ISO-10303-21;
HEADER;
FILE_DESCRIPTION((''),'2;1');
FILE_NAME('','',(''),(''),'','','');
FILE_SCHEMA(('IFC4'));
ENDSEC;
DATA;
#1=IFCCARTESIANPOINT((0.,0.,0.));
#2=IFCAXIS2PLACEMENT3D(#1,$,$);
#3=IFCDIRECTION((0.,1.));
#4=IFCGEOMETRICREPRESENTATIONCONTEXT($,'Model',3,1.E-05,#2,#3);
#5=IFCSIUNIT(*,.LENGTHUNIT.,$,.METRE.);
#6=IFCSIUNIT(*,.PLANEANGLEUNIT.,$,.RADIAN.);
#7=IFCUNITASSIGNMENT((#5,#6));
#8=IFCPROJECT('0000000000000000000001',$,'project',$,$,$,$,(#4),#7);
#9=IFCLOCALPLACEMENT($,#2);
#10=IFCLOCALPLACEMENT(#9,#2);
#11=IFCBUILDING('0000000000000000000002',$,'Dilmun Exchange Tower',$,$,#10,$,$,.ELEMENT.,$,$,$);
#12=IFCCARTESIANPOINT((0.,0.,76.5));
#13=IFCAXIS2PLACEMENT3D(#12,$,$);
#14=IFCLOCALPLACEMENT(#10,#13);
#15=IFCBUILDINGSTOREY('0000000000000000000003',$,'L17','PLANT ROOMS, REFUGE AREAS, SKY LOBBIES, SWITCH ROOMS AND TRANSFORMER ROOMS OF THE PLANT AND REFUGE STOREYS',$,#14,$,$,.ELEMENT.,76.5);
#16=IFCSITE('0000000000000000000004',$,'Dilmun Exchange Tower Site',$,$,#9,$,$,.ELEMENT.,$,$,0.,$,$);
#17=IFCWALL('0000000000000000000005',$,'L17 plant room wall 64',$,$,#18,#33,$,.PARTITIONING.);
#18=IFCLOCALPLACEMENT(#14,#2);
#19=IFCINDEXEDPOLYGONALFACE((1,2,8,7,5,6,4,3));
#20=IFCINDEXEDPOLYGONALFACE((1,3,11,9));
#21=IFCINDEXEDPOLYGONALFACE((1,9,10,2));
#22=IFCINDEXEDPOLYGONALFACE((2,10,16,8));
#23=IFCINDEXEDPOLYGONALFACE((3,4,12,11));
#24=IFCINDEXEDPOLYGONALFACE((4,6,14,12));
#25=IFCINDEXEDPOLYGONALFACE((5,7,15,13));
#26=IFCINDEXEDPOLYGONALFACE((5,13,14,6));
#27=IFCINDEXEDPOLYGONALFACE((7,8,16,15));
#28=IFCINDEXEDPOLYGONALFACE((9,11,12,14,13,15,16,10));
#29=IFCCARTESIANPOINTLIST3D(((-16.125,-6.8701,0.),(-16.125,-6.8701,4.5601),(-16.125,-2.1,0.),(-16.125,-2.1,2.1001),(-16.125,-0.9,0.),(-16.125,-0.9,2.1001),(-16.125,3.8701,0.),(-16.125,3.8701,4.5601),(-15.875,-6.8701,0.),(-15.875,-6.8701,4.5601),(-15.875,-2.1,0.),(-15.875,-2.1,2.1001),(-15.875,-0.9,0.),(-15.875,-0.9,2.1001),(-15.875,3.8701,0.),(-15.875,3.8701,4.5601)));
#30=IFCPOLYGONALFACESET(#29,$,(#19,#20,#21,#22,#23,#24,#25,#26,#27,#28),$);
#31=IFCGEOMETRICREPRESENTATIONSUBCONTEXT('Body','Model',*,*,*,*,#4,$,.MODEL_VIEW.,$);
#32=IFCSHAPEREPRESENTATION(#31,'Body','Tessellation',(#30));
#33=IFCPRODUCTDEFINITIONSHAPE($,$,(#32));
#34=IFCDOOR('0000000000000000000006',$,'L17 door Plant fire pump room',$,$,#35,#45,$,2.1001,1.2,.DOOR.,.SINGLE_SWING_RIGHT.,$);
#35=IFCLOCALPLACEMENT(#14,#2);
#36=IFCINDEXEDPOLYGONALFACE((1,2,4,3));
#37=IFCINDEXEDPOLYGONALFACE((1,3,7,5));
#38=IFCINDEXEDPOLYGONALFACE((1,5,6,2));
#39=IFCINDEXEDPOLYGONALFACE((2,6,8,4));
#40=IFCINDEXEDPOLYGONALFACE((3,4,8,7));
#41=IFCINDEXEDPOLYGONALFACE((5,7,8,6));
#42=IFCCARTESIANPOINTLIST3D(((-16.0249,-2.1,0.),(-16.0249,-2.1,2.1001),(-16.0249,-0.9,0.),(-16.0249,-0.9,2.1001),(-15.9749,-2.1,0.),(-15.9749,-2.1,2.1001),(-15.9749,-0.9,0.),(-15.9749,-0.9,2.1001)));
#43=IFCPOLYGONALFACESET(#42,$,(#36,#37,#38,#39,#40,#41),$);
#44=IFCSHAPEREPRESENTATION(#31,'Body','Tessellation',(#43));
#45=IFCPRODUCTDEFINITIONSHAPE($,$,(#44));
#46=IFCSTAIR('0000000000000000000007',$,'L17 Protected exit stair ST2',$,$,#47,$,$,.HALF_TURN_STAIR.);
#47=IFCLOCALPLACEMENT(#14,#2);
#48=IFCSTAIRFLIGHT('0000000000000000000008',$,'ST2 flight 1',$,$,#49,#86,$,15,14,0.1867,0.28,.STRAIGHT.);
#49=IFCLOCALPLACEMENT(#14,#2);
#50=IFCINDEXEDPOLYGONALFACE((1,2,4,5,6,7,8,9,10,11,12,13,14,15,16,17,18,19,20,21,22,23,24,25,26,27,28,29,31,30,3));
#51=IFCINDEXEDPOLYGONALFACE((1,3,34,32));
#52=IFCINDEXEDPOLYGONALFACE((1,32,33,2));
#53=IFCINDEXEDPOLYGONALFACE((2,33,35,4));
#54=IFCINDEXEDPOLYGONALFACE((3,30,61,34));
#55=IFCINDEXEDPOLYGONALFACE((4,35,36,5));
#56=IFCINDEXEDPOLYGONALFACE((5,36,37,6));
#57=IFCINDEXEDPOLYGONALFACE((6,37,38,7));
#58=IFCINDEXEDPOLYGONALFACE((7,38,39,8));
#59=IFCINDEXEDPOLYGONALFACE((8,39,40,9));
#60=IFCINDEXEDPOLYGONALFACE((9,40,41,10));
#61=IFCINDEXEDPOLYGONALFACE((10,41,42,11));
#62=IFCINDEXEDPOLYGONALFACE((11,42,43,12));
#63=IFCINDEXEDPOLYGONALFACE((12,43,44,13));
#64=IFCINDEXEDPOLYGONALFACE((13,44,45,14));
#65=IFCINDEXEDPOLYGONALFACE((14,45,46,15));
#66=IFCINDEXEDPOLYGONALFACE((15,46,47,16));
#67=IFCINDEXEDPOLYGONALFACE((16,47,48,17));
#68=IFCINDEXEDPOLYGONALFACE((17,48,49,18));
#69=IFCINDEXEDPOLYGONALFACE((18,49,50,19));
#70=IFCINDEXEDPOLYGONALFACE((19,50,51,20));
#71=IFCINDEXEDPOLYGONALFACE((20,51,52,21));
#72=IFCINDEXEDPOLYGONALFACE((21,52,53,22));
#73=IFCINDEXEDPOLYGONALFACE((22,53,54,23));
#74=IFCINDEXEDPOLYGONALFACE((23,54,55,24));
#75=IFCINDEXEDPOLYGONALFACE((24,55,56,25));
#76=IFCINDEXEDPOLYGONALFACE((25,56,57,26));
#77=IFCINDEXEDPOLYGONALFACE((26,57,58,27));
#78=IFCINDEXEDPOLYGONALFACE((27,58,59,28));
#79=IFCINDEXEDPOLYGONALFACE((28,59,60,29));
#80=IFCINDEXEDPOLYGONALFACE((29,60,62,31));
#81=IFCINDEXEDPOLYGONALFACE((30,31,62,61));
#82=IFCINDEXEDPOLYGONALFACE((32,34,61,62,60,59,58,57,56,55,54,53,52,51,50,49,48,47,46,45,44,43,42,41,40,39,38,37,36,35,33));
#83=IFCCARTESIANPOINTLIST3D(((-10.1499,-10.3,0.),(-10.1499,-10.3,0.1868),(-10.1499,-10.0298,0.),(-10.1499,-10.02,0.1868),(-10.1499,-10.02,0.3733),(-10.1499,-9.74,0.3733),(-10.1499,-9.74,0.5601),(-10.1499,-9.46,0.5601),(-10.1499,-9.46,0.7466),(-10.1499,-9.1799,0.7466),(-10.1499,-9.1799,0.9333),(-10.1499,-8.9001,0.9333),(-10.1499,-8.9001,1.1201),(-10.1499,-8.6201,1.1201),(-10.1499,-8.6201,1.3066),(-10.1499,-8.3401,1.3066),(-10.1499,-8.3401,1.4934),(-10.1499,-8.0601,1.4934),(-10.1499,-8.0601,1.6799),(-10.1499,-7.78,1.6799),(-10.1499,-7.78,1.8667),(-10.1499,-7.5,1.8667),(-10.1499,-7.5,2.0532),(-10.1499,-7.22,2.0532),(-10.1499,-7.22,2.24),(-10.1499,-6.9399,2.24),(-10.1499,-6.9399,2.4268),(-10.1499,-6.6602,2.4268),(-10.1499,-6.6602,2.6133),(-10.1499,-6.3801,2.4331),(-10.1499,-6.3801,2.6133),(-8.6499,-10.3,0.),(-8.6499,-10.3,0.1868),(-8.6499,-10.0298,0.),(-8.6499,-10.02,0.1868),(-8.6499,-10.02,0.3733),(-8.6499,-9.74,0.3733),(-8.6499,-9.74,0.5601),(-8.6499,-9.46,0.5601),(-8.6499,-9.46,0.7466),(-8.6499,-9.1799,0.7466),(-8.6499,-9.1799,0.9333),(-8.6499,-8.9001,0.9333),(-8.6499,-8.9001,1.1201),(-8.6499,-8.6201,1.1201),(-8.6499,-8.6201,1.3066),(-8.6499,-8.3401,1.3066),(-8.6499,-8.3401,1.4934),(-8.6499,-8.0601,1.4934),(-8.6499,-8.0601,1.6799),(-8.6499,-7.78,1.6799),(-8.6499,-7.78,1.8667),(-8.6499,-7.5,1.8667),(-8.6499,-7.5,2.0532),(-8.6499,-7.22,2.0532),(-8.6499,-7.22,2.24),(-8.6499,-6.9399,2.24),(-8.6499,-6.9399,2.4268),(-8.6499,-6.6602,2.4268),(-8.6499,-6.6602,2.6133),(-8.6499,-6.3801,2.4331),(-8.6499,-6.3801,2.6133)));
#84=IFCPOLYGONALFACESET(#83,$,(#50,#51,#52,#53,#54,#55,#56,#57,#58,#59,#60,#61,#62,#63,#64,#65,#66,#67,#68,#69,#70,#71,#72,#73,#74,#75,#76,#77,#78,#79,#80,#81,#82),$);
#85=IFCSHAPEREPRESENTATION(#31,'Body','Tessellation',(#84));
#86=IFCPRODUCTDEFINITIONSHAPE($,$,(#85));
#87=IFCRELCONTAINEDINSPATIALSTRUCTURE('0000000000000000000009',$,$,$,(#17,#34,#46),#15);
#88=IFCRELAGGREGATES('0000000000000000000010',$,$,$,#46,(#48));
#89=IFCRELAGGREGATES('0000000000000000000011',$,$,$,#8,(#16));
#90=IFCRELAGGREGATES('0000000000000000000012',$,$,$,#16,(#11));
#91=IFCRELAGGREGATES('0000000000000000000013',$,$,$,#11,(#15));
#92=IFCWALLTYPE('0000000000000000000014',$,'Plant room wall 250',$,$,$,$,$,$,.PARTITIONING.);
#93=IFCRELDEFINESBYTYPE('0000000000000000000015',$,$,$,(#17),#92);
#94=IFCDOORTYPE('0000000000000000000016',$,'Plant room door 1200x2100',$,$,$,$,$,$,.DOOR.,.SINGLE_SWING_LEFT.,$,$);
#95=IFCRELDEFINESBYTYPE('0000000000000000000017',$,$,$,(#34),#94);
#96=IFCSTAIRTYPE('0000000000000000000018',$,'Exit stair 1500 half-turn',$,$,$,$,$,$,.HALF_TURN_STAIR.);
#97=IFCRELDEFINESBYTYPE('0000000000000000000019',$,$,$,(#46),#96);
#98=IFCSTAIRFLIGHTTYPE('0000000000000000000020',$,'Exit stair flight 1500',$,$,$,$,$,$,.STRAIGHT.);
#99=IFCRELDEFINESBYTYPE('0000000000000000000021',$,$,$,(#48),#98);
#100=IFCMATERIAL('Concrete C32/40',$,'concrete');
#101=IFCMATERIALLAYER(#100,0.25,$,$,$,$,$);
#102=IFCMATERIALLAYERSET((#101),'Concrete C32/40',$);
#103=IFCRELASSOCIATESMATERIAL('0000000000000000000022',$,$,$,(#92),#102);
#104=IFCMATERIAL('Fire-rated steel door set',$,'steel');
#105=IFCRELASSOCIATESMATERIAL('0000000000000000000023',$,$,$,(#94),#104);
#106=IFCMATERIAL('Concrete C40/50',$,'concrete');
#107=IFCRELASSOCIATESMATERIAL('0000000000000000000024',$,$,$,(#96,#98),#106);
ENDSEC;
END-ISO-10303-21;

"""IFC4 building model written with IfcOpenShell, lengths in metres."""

from ifc_helpers import new_model, si_unit, direction, frame, frame_2d, origin, place, context, subcontext, project, spatial, polyline, rectangle, outline, extrude, material, layer, layer_set, type_object, element, fill, aggregate, save


model = new_model("IFC4")

# Units and contexts
model_context = context("Model", 3, precision=1e-05, world=origin(), true_north=direction((0.0, 1.0)))
body_context = subcontext(model_context, "Body", "Model", "MODEL_VIEW")
ifc_project = project(units=[si_unit("LENGTHUNIT", "METRE"), si_unit("PLANEANGLEUNIT", "RADIAN")], contexts=[model_context])

# Site, building, storey
site_placement = place(None, origin())
site = spatial("IfcSite", under=ifc_project, at=site_placement, Name="Dilmun Exchange Tower Site", CompositionType="ELEMENT", RefElevation=0.0)
building_placement = place(site_placement, origin())
building = spatial("IfcBuilding", under=site, at=building_placement, Name="Dilmun Exchange Tower", CompositionType="ELEMENT")
storey_placement = place(building_placement, frame((0.0, 0.0, 76.5)))
storey = spatial("IfcBuildingStorey", under=building, at=storey_placement, Name="L17", Description="PLANT ROOMS, REFUGE AREAS, SKY LOBBIES, SWITCH ROOMS AND TRANSFORMER ROOMS OF THE PLANT AND REFUGE STOREYS", CompositionType="ELEMENT", Elevation=76.5)

# Shared definitions
ifc_material_1 = material(Name="Concrete C40/50", Category="concrete")

# Shared definitions
ifc_material_2 = material(Name="Fire-rated steel door set", Category="steel")

# Wall, opening, door
ifc_material_3 = material(Name="Concrete C32/40", Category="concrete")
ifc_layer_1 = layer(ifc_material_3, 0.25)
ifc_layer_set_1 = layer_set([ifc_layer_1], Name="Concrete C32/40")
wall_type_1 = type_object("IfcWallType", Name="Plant room wall 250", PredefinedType="PARTITIONING", material=ifc_layer_set_1)
wall_1_placement = place(storey_placement, frame((-16.0, -6.8701, 0.0), z_axis=(0.0, 0.0, 1.0), x_axis=(0.0, 1.0, 0.0)))
wall_1 = element("IfcWall", 1, at=wall_1_placement, inside=storey, type_object=wall_type_1, Name="L17 plant room wall 64", PredefinedType="PARTITIONING", context=body_context, shape_type="SweptSolid", body=[
    extrude(rectangle(XDim=10.7402, YDim=0.25, at=frame_2d((5.3701, 0.0))), origin(), (0.0, 0.0, 1.0), 4.5601),
])
opening_1_placement = place(wall_1_placement, frame((4.77, 0.0, 0.0)))
opening_1 = element("IfcOpeningElement", 2, at=opening_1_placement, cuts=wall_1, PredefinedType="OPENING", context=body_context, shape_type="SweptSolid", body=[
    extrude(rectangle(XDim=1.2, YDim=2.1001, at=frame_2d((0.6001, 1.05))), frame((0.0, 0.135, 0.0), z_axis=(0.0, -1.0, 0.0), x_axis=(1.0, 0.0, 0.0)), (0.0, 0.0, 1.0), 0.27),
])
door_type_1 = type_object("IfcDoorType", Name="Plant room door 1200x2100", OperationType="SINGLE_SWING_LEFT", PredefinedType="DOOR", material=ifc_material_2)
door_1_placement = place(opening_1_placement, origin())
door_1 = element("IfcDoor", 3, at=door_1_placement, inside=storey, type_object=door_type_1, Name="L17 door Plant fire pump room", OperationType="SINGLE_SWING_RIGHT", OverallHeight=2.1001, OverallWidth=1.2, PredefinedType="DOOR", context=body_context, shape_type="SweptSolid", body=[
    extrude(rectangle(XDim=1.2, YDim=2.1001, at=frame_2d((0.6001, 1.05))), frame((0.0, 0.0249, 0.0), z_axis=(0.0, -1.0, 0.0), x_axis=(1.0, 0.0, 0.0)), (0.0, 0.0, 1.0), 0.05),
])
fill(opening_1, door_1)

# Stair, stair flight
stair_type = type_object("IfcStairType", Name="Exit stair 1500 half-turn", PredefinedType="HALF_TURN_STAIR", material=ifc_material_1)
stair_placement = place(storey_placement, origin())
stair = element("IfcStair", 4, at=stair_placement, inside=storey, type_object=stair_type, Name="L17 Protected exit stair ST2", PredefinedType="HALF_TURN_STAIR")
stair_flight_type = type_object("IfcStairFlightType", Name="Exit stair flight 1500", PredefinedType="STRAIGHT", material=ifc_material_1)
stair_flight_placement = place(storey_placement, frame((-9.3999, -10.3, 0.0), z_axis=(0.0, 0.0, 1.0), x_axis=(0.0, 1.0, 0.0)))
stair_flight = element("IfcStairFlight", 5, at=stair_flight_placement, type_object=stair_flight_type, Name="ST2 flight 1", NumberOfRisers=15, NumberOfTreads=14, PredefinedType="STRAIGHT", RiserHeight=0.1867, TreadLength=0.28, context=body_context, shape_type="SweptSolid", body=[
    extrude(outline(polyline([(0.0, 0.0), (0.0, 0.1868), (0.28, 0.1868), (0.28, 0.3733), (0.5601, 0.3733), (0.5601, 0.5601), (0.8401, 0.5601), (0.8401, 0.7466), (1.1201, 0.7466), (1.1201, 0.9333), (1.3999, 0.9333), (1.3999, 1.1201), (1.6799, 1.1201), (1.6799, 1.3066), (1.96, 1.3066), (1.96, 1.4934), (2.24, 1.4934), (2.24, 1.6799), (2.52, 1.6799), (2.52, 1.8667), (2.8, 1.8667), (2.8, 2.0532), (3.0801, 2.0532), (3.0801, 2.24), (3.3601, 2.24), (3.3601, 2.4268), (3.6399, 2.4268), (3.6399, 2.6133), (3.9199, 2.6133), (3.9199, 2.8), (3.9199, 2.4331), (0.2703, 0.0), (0.0, 0.0)])), frame((0.0, 0.75, 0.0), z_axis=(0.0, -1.0, 0.0), x_axis=(1.0, 0.0, 0.0)), (0.0, 0.0, 1.0), 1.5),
])
aggregate(stair, [stair_flight])

save(model, "model.ifc")
